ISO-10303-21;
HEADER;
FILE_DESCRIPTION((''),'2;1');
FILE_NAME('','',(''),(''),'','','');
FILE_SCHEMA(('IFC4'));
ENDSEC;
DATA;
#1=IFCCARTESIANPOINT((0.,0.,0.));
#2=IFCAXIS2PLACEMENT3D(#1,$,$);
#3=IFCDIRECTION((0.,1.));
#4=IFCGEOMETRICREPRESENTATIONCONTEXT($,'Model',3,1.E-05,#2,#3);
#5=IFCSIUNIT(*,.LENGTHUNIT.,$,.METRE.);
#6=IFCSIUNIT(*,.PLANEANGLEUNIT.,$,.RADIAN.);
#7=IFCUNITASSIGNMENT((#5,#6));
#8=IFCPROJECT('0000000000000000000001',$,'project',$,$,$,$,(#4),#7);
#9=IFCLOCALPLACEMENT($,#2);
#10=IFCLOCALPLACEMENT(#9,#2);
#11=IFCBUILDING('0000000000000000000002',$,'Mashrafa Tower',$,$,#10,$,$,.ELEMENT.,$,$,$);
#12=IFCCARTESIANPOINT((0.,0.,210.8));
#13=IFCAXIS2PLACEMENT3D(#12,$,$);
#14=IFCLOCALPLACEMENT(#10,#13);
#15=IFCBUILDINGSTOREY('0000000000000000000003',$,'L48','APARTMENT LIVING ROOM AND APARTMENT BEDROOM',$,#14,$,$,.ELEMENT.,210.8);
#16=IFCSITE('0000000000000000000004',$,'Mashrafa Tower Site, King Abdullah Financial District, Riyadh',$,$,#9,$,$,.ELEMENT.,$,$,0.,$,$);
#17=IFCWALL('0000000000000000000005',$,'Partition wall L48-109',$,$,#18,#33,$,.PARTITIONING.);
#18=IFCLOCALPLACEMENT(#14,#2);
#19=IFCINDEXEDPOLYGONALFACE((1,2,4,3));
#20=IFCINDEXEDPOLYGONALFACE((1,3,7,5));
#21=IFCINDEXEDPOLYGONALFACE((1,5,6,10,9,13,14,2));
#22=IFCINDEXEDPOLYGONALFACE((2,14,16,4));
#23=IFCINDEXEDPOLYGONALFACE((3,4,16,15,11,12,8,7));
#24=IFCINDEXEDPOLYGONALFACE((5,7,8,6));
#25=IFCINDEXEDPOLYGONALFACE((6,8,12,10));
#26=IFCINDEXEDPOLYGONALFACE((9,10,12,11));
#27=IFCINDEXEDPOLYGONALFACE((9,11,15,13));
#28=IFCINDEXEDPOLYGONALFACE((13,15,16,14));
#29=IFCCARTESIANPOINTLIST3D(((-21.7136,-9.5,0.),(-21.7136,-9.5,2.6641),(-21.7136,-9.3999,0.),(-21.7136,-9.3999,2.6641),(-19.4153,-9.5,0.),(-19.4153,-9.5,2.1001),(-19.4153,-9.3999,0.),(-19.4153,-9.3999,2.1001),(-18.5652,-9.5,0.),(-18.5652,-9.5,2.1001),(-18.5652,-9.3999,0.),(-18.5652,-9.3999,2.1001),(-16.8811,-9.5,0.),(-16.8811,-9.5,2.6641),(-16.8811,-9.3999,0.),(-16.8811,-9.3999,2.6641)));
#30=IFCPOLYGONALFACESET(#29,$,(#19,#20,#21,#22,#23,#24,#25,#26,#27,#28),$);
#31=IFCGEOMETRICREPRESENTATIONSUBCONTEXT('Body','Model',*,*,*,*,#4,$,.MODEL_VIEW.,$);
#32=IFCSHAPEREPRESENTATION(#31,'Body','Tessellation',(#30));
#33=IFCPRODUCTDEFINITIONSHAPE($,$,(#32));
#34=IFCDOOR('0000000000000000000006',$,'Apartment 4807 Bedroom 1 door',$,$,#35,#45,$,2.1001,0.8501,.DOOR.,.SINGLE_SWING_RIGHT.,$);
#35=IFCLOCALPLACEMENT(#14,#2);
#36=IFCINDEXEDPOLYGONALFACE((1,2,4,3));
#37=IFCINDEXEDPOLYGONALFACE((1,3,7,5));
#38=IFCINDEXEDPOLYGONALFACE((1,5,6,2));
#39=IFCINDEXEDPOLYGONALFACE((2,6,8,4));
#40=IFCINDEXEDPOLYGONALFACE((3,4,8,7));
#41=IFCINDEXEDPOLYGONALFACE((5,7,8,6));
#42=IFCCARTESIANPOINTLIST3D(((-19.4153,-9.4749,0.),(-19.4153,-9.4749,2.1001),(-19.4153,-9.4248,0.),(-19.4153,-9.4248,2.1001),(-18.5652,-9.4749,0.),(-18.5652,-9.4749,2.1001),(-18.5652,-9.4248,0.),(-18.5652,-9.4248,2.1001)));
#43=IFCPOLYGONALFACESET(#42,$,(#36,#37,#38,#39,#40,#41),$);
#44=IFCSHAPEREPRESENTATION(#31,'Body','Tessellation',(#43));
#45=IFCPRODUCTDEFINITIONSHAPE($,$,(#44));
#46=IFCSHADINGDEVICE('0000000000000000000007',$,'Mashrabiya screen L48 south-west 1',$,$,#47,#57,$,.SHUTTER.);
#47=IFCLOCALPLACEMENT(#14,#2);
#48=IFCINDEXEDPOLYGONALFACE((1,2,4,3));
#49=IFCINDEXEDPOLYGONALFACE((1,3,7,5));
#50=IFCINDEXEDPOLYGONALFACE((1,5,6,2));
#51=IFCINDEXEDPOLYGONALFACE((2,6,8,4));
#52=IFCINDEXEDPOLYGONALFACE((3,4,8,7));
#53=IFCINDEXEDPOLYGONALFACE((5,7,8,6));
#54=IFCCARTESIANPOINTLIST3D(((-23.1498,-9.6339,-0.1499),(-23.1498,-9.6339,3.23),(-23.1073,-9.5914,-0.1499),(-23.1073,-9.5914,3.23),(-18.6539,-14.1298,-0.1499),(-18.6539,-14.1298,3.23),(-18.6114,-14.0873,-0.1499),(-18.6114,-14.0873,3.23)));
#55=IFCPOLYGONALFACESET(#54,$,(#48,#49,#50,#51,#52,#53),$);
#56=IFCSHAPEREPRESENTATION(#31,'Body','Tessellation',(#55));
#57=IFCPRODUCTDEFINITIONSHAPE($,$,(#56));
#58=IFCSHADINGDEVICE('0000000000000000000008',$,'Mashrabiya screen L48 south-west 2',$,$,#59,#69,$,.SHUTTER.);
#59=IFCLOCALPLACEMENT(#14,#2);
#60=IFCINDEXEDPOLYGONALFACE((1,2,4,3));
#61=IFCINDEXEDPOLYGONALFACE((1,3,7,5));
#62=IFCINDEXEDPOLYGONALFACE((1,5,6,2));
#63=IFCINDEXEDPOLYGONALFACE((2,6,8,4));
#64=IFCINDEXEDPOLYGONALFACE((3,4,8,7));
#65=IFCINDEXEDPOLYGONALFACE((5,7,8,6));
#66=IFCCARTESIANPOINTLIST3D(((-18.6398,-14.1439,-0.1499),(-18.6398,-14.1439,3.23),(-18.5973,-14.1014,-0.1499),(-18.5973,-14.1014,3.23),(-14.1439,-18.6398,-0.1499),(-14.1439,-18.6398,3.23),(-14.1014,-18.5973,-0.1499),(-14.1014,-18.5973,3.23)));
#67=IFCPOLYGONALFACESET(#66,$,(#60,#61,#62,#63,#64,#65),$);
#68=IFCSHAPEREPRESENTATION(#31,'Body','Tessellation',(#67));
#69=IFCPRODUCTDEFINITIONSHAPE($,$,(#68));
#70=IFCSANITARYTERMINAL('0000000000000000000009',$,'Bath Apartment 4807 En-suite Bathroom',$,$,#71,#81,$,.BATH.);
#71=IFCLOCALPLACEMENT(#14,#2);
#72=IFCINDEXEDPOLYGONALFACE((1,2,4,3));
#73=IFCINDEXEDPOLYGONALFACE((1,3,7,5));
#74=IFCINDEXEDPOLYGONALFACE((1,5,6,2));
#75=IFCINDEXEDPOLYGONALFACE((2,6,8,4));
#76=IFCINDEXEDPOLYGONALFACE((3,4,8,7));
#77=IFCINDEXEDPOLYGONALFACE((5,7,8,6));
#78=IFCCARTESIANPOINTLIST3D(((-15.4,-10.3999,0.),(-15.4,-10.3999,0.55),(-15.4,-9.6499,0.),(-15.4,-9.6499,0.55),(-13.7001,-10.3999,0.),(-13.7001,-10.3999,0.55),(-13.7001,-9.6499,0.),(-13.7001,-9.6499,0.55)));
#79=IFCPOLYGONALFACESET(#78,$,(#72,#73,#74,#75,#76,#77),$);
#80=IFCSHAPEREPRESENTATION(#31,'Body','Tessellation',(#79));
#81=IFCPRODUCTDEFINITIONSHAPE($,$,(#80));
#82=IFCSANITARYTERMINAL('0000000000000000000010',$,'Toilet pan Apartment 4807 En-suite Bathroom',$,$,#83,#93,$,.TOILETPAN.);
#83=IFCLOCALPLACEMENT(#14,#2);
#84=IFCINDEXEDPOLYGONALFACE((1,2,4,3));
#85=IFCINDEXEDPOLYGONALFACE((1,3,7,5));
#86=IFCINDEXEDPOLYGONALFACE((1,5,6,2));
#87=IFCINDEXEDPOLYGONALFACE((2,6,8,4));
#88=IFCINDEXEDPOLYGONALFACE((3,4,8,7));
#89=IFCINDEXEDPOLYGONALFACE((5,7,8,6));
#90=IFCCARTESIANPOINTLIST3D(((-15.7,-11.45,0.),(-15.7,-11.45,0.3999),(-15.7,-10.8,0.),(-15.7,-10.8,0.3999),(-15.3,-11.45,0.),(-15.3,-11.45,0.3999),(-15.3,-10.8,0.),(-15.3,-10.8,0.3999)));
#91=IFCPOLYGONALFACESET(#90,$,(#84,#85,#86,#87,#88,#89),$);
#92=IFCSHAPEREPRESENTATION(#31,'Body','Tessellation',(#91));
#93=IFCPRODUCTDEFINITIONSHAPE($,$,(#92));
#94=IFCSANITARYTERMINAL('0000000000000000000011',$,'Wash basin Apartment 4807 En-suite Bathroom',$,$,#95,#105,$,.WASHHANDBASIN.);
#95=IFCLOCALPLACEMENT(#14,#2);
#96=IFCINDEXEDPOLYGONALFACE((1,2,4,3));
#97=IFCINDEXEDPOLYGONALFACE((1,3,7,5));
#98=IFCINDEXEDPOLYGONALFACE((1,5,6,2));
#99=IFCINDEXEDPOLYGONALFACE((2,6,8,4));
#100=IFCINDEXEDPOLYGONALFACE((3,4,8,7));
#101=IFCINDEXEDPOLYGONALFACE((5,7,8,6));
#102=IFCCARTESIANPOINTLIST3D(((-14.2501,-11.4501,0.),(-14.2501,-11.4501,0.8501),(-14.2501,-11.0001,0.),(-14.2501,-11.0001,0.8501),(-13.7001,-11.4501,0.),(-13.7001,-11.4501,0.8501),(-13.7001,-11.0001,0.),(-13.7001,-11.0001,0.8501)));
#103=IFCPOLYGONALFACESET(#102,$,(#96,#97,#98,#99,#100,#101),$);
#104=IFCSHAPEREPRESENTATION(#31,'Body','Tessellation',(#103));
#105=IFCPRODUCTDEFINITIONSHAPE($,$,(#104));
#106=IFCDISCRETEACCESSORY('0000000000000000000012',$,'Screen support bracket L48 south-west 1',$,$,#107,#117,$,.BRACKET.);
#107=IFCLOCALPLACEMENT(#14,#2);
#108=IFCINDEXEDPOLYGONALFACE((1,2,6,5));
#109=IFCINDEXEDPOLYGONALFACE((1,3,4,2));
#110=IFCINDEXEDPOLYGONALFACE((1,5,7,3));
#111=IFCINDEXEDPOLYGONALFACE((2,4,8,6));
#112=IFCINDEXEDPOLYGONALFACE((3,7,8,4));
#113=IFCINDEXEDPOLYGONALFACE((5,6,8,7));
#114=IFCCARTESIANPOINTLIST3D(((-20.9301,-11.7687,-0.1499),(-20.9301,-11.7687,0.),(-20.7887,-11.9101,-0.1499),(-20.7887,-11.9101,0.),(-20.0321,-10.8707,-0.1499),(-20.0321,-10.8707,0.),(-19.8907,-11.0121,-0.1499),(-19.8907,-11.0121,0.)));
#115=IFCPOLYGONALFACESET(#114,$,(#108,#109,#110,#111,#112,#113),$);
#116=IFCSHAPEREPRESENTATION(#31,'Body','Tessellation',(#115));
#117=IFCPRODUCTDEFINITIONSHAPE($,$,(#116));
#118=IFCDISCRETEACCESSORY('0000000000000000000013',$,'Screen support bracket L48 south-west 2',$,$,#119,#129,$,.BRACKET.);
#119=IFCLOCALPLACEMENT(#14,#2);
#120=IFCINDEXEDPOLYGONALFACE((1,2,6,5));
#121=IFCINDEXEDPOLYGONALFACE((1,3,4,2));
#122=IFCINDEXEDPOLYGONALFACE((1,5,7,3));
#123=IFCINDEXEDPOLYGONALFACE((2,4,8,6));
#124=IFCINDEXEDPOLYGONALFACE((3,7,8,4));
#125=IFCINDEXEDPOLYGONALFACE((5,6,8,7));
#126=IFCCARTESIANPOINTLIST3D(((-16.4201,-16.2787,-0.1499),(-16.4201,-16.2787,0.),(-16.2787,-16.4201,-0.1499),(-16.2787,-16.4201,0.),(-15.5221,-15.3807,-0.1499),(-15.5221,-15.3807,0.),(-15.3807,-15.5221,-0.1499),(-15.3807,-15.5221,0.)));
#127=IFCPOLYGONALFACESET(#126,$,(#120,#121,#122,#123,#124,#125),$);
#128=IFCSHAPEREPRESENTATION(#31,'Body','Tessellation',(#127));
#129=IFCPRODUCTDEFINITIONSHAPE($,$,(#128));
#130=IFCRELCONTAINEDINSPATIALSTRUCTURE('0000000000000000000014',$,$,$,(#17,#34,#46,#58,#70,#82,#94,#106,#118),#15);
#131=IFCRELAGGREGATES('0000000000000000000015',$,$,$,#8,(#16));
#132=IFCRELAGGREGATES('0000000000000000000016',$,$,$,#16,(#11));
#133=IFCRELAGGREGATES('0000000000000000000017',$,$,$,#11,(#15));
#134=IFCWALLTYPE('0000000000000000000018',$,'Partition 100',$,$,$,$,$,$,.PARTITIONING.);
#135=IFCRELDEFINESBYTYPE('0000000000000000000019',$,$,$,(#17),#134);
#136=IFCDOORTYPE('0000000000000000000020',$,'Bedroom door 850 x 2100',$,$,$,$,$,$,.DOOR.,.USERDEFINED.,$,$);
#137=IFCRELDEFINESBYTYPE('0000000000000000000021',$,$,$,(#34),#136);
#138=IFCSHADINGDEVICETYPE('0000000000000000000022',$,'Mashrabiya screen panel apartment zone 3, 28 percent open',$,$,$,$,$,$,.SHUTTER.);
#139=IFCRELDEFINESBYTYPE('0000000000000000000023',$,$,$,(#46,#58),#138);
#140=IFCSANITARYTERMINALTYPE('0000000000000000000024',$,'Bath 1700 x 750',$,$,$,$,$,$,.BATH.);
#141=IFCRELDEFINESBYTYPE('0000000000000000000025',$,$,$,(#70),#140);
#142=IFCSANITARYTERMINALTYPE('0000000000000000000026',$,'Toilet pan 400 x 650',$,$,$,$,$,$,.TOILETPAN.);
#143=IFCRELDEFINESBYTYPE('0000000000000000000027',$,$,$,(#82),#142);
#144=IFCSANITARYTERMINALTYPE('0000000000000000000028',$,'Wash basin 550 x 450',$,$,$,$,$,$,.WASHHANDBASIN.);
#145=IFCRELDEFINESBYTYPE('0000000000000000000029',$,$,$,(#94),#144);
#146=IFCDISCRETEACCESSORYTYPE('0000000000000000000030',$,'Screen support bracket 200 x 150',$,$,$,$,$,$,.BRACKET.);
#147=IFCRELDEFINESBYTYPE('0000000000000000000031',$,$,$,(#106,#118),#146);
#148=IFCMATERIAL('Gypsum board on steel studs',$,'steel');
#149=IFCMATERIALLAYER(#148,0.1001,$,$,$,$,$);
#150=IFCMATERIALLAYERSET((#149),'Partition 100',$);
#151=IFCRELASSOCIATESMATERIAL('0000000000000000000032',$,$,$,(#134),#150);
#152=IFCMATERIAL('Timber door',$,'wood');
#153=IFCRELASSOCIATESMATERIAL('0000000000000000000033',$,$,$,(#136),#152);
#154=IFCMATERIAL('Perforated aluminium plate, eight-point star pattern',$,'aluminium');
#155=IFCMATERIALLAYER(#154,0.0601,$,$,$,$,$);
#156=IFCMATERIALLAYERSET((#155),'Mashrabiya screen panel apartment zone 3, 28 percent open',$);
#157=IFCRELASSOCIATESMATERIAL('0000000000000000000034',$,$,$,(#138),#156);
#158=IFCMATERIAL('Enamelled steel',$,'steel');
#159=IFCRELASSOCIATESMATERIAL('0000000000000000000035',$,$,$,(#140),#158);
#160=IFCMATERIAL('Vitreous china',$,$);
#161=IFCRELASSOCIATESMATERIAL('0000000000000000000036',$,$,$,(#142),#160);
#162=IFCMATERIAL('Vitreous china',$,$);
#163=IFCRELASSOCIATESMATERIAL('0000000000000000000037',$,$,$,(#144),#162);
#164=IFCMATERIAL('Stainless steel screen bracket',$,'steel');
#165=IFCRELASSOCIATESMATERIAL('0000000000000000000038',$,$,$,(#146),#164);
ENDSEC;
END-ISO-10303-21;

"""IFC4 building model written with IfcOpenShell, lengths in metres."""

from ifc_helpers import new_model, si_unit, direction, frame, frame_2d, origin, origin_2d, place, context, subcontext, project, spatial, rectangle, extrude, source, transform, mapped, material, layer, layer_set, type_object, type_shapes, element, fill, save


model = new_model("IFC4")

# Units and contexts
model_context = context("Model", 3, precision=1e-05, world=origin(), true_north=direction((0.0, 1.0)))
body_context = subcontext(model_context, "Body", "Model", "MODEL_VIEW")
ifc_project = project(units=[si_unit("LENGTHUNIT", "METRE"), si_unit("PLANEANGLEUNIT", "RADIAN")], contexts=[model_context])

# Site, building, storey
site_placement = place(None, origin())
site = spatial("IfcSite", under=ifc_project, at=site_placement, Name="Mashrafa Tower Site, King Abdullah Financial District, Riyadh", CompositionType="ELEMENT", RefElevation=0.0)
building_placement = place(site_placement, origin())
building = spatial("IfcBuilding", under=site, at=building_placement, Name="Mashrafa Tower", CompositionType="ELEMENT")
storey_placement = place(building_placement, frame((0.0, 0.0, 210.8)))
storey = spatial("IfcBuildingStorey", under=building, at=storey_placement, Name="L48", Description="APARTMENT LIVING ROOM AND APARTMENT BEDROOM", CompositionType="ELEMENT", Elevation=210.8)

# Shared definitions
ifc_material_1 = material(Name="Gypsum board on steel studs", Category="steel")
ifc_layer_1 = layer(ifc_material_1, 0.1001)
ifc_layer_set_1 = layer_set([ifc_layer_1], Name="Partition 100")
wall_type_1 = type_object("IfcWallType", Name="Partition 100", PredefinedType="PARTITIONING", material=ifc_layer_set_1)

# Wall, opening, door
wall_1_placement = place(storey_placement, frame((-16.8811, -9.45, 0.0), z_axis=(0.0, 0.0, 1.0), x_axis=(-1.0, 0.0, 0.0)))
wall_1 = element("IfcWall", 1, at=wall_1_placement, inside=storey, type_object=wall_type_1, Name="Partition wall L48-109", PredefinedType="PARTITIONING", context=body_context, shape_type="SweptSolid", body=[
    extrude(rectangle(XDim=4.8325, YDim=0.1001, at=frame_2d((2.4163, 0.0))), origin(), (0.0, 0.0, 1.0), 2.6641),
])
opening_1_placement = place(wall_1_placement, frame((1.6841, 0.0, 0.0)))
opening_1 = element("IfcOpeningElement", 2, at=opening_1_placement, cuts=wall_1, PredefinedType="OPENING", context=body_context, shape_type="SweptSolid", body=[
    extrude(rectangle(XDim=0.8501, YDim=2.1001, at=frame_2d((0.425, 1.05))), frame((0.0, 0.0601, 0.0), z_axis=(0.0, -1.0, 0.0), x_axis=(1.0, 0.0, 0.0)), (0.0, 0.0, 1.0), 0.1201),
])
ifc_material_2 = material(Name="Timber door", Category="wood")
door_type_1 = type_object("IfcDoorType", Name="Bedroom door 850 x 2100", OperationType="USERDEFINED", PredefinedType="DOOR", material=ifc_material_2)
door_1_placement = place(opening_1_placement, origin())
door_1 = element("IfcDoor", 3, at=door_1_placement, inside=storey, type_object=door_type_1, Name="Apartment 4807 Bedroom 1 door", OperationType="SINGLE_SWING_RIGHT", OverallHeight=2.1001, OverallWidth=0.8501, PredefinedType="DOOR", context=body_context, shape_type="SweptSolid", body=[
    extrude(rectangle(XDim=0.8501, YDim=2.1001, at=frame_2d((0.425, 1.05))), frame((0.0, 0.0249, 0.0), z_axis=(0.0, -1.0, 0.0), x_axis=(1.0, 0.0, 0.0)), (0.0, 0.0, 1.0), 0.05),
])
fill(opening_1, door_1)

# Shading devices
ifc_material_3 = material(Name="Perforated aluminium plate, eight-point star pattern", Category="aluminium")
ifc_layer_2 = layer(ifc_material_3, 0.0601)
ifc_layer_set_2 = layer_set([ifc_layer_2], Name="Mashrabiya screen panel apartment zone 3, 28 percent open")
shading_device_type = type_object("IfcShadingDeviceType", Name="Mashrabiya screen panel apartment zone 3, 28 percent open", PredefinedType="SHUTTER", material=ifc_layer_set_2)
shared_shape_1 = source(origin(), body_context, "Body", "SweptSolid", [
    extrude(rectangle(XDim=6.3582, YDim=0.0601, at=origin_2d()), origin(), (0.0, 0.0, 1.0), 3.3799),
])
type_shapes(shading_device_type, [shared_shape_1])
for number, where, z_axis, x_axis, name in (
    (4, (-20.8806, -11.8606, -0.1499), (0.0, 0.0, 1.0), (0.707107, -0.707107, 0.0), "Mashrabiya screen L48 south-west 1"),
    (5, (-16.3706, -16.3706, -0.1499), (0.0, 0.0, 1.0), (0.707107, -0.707107, 0.0), "Mashrabiya screen L48 south-west 2"),
):
    element("IfcShadingDevice", number, at=place(storey_placement, frame(where, z_axis=z_axis, x_axis=x_axis)), inside=storey, type_object=shading_device_type, Name=name, PredefinedType="SHUTTER", context=body_context, shape_type="MappedRepresentation", body=[
        mapped(shared_shape_1, transform((0.0, 0.0, 0.0))),
    ])

# Sanitary terminals
ifc_material_4 = material(Name="Enamelled steel", Category="steel")
sanitary_terminal_type_1 = type_object("IfcSanitaryTerminalType", Name="Bath 1700 x 750", PredefinedType="BATH", material=ifc_material_4)
sanitary_terminal_1_placement = place(storey_placement, frame((-14.55, -10.0249, 0.0), z_axis=(0.0, 0.0, 1.0), x_axis=(-1.0, 0.0, 0.0)))
element("IfcSanitaryTerminal", 6, at=sanitary_terminal_1_placement, inside=storey, type_object=sanitary_terminal_type_1, Name="Bath Apartment 4807 En-suite Bathroom", PredefinedType="BATH", context=body_context, shape_type="SweptSolid", body=[
    extrude(rectangle(XDim=1.7, YDim=0.75, at=origin_2d()), origin(), (0.0, 0.0, 1.0), 0.55),
])
ifc_material_5 = material(Name="Vitreous china")
sanitary_terminal_type_2 = type_object("IfcSanitaryTerminalType", Name="Toilet pan 400 x 650", PredefinedType="TOILETPAN", material=ifc_material_5)
sanitary_terminal_2_placement = place(storey_placement, frame((-15.5, -11.125, 0.0), z_axis=(0.0, 0.0, 1.0), x_axis=(1.0, 0.0, 0.0)))
element("IfcSanitaryTerminal", 7, at=sanitary_terminal_2_placement, inside=storey, type_object=sanitary_terminal_type_2, Name="Toilet pan Apartment 4807 En-suite Bathroom", PredefinedType="TOILETPAN", context=body_context, shape_type="SweptSolid", body=[
    extrude(rectangle(XDim=0.3999, YDim=0.6499, at=origin_2d()), origin(), (0.0, 0.0, 1.0), 0.3999),
])
ifc_material_6 = material(Name="Vitreous china")
sanitary_terminal_type_3 = type_object("IfcSanitaryTerminalType", Name="Wash basin 550 x 450", PredefinedType="WASHHANDBASIN", material=ifc_material_6)
sanitary_terminal_3_placement = place(storey_placement, frame((-13.9751, -11.2251, 0.0), z_axis=(0.0, 0.0, 1.0), x_axis=(1.0, 0.0, 0.0)))
element("IfcSanitaryTerminal", 8, at=sanitary_terminal_3_placement, inside=storey, type_object=sanitary_terminal_type_3, Name="Wash basin Apartment 4807 En-suite Bathroom", PredefinedType="WASHHANDBASIN", context=body_context, shape_type="SweptSolid", body=[
    extrude(rectangle(XDim=0.55, YDim=0.45, at=origin_2d()), origin(), (0.0, 0.0, 1.0), 0.8501),
])

# Discrete accessories
ifc_material_7 = material(Name="Stainless steel screen bracket", Category="steel")
discrete_accessory_type = type_object("IfcDiscreteAccessoryType", Name="Screen support bracket 200 x 150", PredefinedType="BRACKET", material=ifc_material_7)
shared_shape_2 = source(origin(), body_context, "Body", "SweptSolid", [
    extrude(rectangle(XDim=0.2, YDim=1.27, at=origin_2d()), origin(), (0.0, 0.0, 1.0), 0.1499),
])
type_shapes(discrete_accessory_type, [shared_shape_2])
for number, where, z_axis, x_axis, name in (
    (9, (-20.4104, -11.3904, -0.1499), (0.0, 0.0, 1.0), (0.707107, -0.707107, 0.0), "Screen support bracket L48 south-west 1"),
    (10, (-15.9004, -15.9004, -0.1499), (0.0, 0.0, 1.0), (0.707107, -0.707107, 0.0), "Screen support bracket L48 south-west 2"),
):
    element("IfcDiscreteAccessory", number, at=place(storey_placement, frame(where, z_axis=z_axis, x_axis=x_axis)), inside=storey, type_object=discrete_accessory_type, Name=name, PredefinedType="BRACKET", context=body_context, shape_type="MappedRepresentation", body=[
        mapped(shared_shape_2, transform((0.0, 0.0, 0.0))),
    ])

save(model, "model.ifc")
